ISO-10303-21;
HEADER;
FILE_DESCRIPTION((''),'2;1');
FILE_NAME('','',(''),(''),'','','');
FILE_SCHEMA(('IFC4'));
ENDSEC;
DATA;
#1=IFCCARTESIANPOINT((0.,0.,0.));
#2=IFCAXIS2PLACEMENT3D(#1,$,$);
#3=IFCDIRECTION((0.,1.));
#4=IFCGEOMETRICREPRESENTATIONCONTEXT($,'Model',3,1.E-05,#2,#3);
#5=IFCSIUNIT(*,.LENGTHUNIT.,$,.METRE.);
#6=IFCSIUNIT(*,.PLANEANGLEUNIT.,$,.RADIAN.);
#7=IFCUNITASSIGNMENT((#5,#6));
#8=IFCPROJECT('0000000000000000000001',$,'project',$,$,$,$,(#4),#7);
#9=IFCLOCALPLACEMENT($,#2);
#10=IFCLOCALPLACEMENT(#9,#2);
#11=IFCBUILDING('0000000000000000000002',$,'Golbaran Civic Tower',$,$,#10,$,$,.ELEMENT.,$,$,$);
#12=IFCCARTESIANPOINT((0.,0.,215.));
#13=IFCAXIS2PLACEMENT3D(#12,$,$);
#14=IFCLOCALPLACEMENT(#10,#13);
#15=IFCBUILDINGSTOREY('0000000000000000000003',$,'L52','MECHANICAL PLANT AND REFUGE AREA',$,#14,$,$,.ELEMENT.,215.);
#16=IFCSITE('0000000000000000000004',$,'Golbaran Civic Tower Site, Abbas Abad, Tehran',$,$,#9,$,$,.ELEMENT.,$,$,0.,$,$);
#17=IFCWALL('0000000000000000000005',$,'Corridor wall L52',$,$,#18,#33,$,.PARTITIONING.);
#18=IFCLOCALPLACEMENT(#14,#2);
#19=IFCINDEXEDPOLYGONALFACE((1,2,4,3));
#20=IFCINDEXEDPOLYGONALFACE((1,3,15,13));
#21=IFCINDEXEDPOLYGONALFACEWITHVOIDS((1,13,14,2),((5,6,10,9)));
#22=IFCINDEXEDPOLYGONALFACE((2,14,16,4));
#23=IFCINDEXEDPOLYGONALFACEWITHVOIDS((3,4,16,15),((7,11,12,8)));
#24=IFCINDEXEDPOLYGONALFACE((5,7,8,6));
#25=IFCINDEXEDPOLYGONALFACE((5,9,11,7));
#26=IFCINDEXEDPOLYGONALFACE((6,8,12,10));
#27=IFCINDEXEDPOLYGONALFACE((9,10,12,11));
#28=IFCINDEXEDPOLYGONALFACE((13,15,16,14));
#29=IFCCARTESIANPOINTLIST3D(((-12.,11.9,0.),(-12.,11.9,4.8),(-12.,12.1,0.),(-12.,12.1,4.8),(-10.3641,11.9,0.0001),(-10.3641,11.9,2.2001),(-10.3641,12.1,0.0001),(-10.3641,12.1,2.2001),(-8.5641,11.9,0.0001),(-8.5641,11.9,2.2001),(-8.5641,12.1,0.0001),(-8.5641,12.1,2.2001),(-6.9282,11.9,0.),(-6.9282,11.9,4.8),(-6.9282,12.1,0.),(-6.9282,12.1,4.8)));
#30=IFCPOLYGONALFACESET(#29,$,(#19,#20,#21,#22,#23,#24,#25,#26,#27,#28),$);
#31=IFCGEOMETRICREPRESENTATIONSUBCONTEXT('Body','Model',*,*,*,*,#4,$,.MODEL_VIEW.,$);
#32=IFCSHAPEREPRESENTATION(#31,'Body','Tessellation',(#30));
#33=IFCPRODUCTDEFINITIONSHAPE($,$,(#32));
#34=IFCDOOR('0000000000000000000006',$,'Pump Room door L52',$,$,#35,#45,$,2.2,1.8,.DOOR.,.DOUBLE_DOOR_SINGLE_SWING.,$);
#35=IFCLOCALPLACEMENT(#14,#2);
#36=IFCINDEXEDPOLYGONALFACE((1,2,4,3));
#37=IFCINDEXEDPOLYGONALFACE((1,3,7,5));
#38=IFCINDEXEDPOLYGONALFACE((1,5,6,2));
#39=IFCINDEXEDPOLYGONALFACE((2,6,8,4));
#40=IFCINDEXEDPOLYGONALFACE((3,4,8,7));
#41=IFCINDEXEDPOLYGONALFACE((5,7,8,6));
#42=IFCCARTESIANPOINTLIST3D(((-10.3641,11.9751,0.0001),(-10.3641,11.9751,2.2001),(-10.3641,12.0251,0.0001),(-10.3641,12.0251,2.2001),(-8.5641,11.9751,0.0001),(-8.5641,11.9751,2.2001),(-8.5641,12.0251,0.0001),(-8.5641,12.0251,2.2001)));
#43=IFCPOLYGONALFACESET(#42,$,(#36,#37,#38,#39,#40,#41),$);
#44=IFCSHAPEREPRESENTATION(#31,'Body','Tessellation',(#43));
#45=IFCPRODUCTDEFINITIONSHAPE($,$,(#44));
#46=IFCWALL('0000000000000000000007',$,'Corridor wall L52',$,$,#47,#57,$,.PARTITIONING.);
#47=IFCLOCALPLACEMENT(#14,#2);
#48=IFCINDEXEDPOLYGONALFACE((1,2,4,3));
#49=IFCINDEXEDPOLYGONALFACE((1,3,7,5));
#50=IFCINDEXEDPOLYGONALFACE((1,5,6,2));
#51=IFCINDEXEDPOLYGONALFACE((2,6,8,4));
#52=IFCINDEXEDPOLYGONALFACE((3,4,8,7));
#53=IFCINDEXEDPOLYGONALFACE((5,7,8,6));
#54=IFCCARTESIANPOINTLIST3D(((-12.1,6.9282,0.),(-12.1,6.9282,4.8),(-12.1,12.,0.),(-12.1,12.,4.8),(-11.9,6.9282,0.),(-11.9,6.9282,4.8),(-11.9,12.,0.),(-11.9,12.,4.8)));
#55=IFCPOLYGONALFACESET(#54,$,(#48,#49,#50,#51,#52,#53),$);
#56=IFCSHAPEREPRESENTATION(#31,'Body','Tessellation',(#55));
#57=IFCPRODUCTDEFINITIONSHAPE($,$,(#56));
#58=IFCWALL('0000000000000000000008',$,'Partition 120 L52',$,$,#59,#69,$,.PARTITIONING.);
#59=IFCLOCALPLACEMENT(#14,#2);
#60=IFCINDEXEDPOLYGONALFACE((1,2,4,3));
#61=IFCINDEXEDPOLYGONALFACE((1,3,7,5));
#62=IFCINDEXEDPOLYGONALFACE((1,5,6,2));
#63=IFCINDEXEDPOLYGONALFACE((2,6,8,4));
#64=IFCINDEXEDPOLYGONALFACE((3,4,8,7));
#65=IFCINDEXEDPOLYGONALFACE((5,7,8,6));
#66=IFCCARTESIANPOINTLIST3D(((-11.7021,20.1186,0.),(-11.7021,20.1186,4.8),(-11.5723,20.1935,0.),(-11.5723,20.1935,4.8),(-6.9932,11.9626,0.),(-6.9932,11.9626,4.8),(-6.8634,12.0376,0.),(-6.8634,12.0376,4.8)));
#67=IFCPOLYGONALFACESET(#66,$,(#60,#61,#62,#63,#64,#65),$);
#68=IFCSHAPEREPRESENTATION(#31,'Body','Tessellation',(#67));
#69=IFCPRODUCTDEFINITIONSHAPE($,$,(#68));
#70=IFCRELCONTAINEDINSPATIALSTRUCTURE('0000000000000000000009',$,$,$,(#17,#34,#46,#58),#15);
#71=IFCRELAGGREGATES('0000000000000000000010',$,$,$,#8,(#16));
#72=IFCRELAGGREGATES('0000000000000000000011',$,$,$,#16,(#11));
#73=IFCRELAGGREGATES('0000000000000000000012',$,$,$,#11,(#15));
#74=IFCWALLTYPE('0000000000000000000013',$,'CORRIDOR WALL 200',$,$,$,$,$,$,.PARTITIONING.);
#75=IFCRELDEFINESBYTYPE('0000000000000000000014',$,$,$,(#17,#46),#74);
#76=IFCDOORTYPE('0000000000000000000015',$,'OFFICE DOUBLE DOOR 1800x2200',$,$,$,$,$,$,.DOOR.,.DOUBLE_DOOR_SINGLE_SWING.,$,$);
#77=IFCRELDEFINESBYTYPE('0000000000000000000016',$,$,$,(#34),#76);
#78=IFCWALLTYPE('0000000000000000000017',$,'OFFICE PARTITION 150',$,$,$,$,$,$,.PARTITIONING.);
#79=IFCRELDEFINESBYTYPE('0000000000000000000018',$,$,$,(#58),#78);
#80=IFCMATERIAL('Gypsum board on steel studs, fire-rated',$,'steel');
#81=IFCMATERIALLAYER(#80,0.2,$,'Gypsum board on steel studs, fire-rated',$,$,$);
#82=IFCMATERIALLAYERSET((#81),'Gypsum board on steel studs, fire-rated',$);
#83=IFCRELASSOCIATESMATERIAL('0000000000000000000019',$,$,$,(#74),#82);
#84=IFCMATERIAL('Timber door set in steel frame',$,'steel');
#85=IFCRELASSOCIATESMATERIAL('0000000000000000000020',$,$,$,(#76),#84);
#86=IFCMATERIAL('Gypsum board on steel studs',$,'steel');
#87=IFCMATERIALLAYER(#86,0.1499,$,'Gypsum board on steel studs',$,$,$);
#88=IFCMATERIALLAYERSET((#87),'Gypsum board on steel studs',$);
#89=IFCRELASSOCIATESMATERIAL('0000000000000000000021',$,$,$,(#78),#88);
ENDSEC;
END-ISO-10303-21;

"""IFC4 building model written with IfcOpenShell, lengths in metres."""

from ifc_helpers import new_model, si_unit, direction, frame, frame_2d, origin, place, context, subcontext, project, spatial, rectangle, extrude, material, layer, layer_set, type_object, element, fill, save


model = new_model("IFC4")

# Units and contexts
model_context = context("Model", 3, precision=1e-05, world=origin(), true_north=direction((0.0, 1.0)))
body_context = subcontext(model_context, "Body", "Model", "MODEL_VIEW")
ifc_project = project(units=[si_unit("LENGTHUNIT", "METRE"), si_unit("PLANEANGLEUNIT", "RADIAN")], contexts=[model_context])

# Site, building, storey
site_placement = place(None, origin())
site = spatial("IfcSite", under=ifc_project, at=site_placement, Name="Golbaran Civic Tower Site, Abbas Abad, Tehran", CompositionType="ELEMENT", RefElevation=0.0)
building_placement = place(site_placement, origin())
building = spatial("IfcBuilding", under=site, at=building_placement, Name="Golbaran Civic Tower", CompositionType="ELEMENT")
storey_placement = place(building_placement, frame((0.0, 0.0, 215.0)))
storey = spatial("IfcBuildingStorey", under=building, at=storey_placement, Name="L52", Description="MECHANICAL PLANT AND REFUGE AREA", CompositionType="ELEMENT", Elevation=215.0)

# Wall, opening, door
ifc_material_1 = material(Name="Timber door set in steel frame", Category="steel")
ifc_material_2 = material(Name="Gypsum board on steel studs, fire-rated", Category="steel")
ifc_layer_1 = layer(ifc_material_2, 0.2, Name="Gypsum board on steel studs, fire-rated")
ifc_layer_set_1 = layer_set([ifc_layer_1], Name="Gypsum board on steel studs, fire-rated")
wall_type_1 = type_object("IfcWallType", Name="CORRIDOR WALL 200", PredefinedType="PARTITIONING", material=ifc_layer_set_1)
wall_1_placement = place(storey_placement, frame((-6.9282, 12.0, 0.0), z_axis=(0.0, 0.0, 1.0), x_axis=(-1.0, 0.0, 0.0)))
wall_1 = element("IfcWall", 1, at=wall_1_placement, inside=storey, type_object=wall_type_1, Name="Corridor wall L52", PredefinedType="PARTITIONING", context=body_context, shape_type="SweptSolid", body=[
    extrude(rectangle(XDim=5.0718, YDim=0.2, at=frame_2d((2.5359, 0.0))), origin(), (0.0, 0.0, 1.0), 4.8),
])
opening_1_placement = place(wall_1_placement, frame((1.636, 0.0, 0.0)))
opening_1 = element("IfcOpeningElement", 2, at=opening_1_placement, cuts=wall_1, PredefinedType="OPENING", context=body_context, shape_type="SweptSolid", body=[
    extrude(rectangle(XDim=1.8, YDim=2.2, at=frame_2d((0.8999, 1.1001))), frame((0.0, 0.1099, 0.0), z_axis=(0.0, -1.0, 0.0), x_axis=(1.0, 0.0, 0.0)), (0.0, 0.0, 1.0), 0.22),
])
door_type_1 = type_object("IfcDoorType", Name="OFFICE DOUBLE DOOR 1800x2200", OperationType="DOUBLE_DOOR_SINGLE_SWING", PredefinedType="DOOR", material=ifc_material_1)
door_1_placement = place(opening_1_placement, origin())
door_1 = element("IfcDoor", 3, at=door_1_placement, inside=storey, type_object=door_type_1, Name="Pump Room door L52", OperationType="DOUBLE_DOOR_SINGLE_SWING", OverallHeight=2.2, OverallWidth=1.8, PredefinedType="DOOR", context=body_context, shape_type="SweptSolid", body=[
    extrude(rectangle(XDim=1.8, YDim=2.2, at=frame_2d((0.8999, 1.1001))), frame((0.0, 0.0249, 0.0), z_axis=(0.0, -1.0, 0.0), x_axis=(1.0, 0.0, 0.0)), (0.0, 0.0, 1.0), 0.05),
])
fill(opening_1, door_1)

# Walls
wall_2_placement = place(storey_placement, frame((-12.0, 12.0, 0.0), z_axis=(0.0, 0.0, 1.0), x_axis=(0.0, -1.0, 0.0)))
element("IfcWall", 4, at=wall_2_placement, inside=storey, type_object=wall_type_1, Name="Corridor wall L52", PredefinedType="PARTITIONING", context=body_context, shape_type="SweptSolid", body=[
    extrude(rectangle(XDim=5.0718, YDim=0.2, at=frame_2d((2.5359, 0.0))), origin(), (0.0, 0.0, 1.0), 4.8),
])
ifc_material_3 = material(Name="Gypsum board on steel studs", Category="steel")
ifc_layer_2 = layer(ifc_material_3, 0.1499, Name="Gypsum board on steel studs")
ifc_layer_set_2 = layer_set([ifc_layer_2], Name="Gypsum board on steel studs")
wall_type_2 = type_object("IfcWallType", Name="OFFICE PARTITION 150", PredefinedType="PARTITIONING", material=ifc_layer_set_2)
wall_3_placement = place(storey_placement, frame((-6.9282, 12.0, 0.0), z_axis=(0.0, 0.0, 1.0), x_axis=(-0.500009, 0.86602, 0.0)))
element("IfcWall", 5, at=wall_3_placement, inside=storey, type_object=wall_type_2, Name="Partition 120 L52", PredefinedType="PARTITIONING", context=body_context, shape_type="SweptSolid", body=[
    extrude(rectangle(XDim=9.4177, YDim=0.1499, at=frame_2d((4.709, 0.0))), origin(), (0.0, 0.0, 1.0), 4.8),
])

save(model, "model.ifc")
